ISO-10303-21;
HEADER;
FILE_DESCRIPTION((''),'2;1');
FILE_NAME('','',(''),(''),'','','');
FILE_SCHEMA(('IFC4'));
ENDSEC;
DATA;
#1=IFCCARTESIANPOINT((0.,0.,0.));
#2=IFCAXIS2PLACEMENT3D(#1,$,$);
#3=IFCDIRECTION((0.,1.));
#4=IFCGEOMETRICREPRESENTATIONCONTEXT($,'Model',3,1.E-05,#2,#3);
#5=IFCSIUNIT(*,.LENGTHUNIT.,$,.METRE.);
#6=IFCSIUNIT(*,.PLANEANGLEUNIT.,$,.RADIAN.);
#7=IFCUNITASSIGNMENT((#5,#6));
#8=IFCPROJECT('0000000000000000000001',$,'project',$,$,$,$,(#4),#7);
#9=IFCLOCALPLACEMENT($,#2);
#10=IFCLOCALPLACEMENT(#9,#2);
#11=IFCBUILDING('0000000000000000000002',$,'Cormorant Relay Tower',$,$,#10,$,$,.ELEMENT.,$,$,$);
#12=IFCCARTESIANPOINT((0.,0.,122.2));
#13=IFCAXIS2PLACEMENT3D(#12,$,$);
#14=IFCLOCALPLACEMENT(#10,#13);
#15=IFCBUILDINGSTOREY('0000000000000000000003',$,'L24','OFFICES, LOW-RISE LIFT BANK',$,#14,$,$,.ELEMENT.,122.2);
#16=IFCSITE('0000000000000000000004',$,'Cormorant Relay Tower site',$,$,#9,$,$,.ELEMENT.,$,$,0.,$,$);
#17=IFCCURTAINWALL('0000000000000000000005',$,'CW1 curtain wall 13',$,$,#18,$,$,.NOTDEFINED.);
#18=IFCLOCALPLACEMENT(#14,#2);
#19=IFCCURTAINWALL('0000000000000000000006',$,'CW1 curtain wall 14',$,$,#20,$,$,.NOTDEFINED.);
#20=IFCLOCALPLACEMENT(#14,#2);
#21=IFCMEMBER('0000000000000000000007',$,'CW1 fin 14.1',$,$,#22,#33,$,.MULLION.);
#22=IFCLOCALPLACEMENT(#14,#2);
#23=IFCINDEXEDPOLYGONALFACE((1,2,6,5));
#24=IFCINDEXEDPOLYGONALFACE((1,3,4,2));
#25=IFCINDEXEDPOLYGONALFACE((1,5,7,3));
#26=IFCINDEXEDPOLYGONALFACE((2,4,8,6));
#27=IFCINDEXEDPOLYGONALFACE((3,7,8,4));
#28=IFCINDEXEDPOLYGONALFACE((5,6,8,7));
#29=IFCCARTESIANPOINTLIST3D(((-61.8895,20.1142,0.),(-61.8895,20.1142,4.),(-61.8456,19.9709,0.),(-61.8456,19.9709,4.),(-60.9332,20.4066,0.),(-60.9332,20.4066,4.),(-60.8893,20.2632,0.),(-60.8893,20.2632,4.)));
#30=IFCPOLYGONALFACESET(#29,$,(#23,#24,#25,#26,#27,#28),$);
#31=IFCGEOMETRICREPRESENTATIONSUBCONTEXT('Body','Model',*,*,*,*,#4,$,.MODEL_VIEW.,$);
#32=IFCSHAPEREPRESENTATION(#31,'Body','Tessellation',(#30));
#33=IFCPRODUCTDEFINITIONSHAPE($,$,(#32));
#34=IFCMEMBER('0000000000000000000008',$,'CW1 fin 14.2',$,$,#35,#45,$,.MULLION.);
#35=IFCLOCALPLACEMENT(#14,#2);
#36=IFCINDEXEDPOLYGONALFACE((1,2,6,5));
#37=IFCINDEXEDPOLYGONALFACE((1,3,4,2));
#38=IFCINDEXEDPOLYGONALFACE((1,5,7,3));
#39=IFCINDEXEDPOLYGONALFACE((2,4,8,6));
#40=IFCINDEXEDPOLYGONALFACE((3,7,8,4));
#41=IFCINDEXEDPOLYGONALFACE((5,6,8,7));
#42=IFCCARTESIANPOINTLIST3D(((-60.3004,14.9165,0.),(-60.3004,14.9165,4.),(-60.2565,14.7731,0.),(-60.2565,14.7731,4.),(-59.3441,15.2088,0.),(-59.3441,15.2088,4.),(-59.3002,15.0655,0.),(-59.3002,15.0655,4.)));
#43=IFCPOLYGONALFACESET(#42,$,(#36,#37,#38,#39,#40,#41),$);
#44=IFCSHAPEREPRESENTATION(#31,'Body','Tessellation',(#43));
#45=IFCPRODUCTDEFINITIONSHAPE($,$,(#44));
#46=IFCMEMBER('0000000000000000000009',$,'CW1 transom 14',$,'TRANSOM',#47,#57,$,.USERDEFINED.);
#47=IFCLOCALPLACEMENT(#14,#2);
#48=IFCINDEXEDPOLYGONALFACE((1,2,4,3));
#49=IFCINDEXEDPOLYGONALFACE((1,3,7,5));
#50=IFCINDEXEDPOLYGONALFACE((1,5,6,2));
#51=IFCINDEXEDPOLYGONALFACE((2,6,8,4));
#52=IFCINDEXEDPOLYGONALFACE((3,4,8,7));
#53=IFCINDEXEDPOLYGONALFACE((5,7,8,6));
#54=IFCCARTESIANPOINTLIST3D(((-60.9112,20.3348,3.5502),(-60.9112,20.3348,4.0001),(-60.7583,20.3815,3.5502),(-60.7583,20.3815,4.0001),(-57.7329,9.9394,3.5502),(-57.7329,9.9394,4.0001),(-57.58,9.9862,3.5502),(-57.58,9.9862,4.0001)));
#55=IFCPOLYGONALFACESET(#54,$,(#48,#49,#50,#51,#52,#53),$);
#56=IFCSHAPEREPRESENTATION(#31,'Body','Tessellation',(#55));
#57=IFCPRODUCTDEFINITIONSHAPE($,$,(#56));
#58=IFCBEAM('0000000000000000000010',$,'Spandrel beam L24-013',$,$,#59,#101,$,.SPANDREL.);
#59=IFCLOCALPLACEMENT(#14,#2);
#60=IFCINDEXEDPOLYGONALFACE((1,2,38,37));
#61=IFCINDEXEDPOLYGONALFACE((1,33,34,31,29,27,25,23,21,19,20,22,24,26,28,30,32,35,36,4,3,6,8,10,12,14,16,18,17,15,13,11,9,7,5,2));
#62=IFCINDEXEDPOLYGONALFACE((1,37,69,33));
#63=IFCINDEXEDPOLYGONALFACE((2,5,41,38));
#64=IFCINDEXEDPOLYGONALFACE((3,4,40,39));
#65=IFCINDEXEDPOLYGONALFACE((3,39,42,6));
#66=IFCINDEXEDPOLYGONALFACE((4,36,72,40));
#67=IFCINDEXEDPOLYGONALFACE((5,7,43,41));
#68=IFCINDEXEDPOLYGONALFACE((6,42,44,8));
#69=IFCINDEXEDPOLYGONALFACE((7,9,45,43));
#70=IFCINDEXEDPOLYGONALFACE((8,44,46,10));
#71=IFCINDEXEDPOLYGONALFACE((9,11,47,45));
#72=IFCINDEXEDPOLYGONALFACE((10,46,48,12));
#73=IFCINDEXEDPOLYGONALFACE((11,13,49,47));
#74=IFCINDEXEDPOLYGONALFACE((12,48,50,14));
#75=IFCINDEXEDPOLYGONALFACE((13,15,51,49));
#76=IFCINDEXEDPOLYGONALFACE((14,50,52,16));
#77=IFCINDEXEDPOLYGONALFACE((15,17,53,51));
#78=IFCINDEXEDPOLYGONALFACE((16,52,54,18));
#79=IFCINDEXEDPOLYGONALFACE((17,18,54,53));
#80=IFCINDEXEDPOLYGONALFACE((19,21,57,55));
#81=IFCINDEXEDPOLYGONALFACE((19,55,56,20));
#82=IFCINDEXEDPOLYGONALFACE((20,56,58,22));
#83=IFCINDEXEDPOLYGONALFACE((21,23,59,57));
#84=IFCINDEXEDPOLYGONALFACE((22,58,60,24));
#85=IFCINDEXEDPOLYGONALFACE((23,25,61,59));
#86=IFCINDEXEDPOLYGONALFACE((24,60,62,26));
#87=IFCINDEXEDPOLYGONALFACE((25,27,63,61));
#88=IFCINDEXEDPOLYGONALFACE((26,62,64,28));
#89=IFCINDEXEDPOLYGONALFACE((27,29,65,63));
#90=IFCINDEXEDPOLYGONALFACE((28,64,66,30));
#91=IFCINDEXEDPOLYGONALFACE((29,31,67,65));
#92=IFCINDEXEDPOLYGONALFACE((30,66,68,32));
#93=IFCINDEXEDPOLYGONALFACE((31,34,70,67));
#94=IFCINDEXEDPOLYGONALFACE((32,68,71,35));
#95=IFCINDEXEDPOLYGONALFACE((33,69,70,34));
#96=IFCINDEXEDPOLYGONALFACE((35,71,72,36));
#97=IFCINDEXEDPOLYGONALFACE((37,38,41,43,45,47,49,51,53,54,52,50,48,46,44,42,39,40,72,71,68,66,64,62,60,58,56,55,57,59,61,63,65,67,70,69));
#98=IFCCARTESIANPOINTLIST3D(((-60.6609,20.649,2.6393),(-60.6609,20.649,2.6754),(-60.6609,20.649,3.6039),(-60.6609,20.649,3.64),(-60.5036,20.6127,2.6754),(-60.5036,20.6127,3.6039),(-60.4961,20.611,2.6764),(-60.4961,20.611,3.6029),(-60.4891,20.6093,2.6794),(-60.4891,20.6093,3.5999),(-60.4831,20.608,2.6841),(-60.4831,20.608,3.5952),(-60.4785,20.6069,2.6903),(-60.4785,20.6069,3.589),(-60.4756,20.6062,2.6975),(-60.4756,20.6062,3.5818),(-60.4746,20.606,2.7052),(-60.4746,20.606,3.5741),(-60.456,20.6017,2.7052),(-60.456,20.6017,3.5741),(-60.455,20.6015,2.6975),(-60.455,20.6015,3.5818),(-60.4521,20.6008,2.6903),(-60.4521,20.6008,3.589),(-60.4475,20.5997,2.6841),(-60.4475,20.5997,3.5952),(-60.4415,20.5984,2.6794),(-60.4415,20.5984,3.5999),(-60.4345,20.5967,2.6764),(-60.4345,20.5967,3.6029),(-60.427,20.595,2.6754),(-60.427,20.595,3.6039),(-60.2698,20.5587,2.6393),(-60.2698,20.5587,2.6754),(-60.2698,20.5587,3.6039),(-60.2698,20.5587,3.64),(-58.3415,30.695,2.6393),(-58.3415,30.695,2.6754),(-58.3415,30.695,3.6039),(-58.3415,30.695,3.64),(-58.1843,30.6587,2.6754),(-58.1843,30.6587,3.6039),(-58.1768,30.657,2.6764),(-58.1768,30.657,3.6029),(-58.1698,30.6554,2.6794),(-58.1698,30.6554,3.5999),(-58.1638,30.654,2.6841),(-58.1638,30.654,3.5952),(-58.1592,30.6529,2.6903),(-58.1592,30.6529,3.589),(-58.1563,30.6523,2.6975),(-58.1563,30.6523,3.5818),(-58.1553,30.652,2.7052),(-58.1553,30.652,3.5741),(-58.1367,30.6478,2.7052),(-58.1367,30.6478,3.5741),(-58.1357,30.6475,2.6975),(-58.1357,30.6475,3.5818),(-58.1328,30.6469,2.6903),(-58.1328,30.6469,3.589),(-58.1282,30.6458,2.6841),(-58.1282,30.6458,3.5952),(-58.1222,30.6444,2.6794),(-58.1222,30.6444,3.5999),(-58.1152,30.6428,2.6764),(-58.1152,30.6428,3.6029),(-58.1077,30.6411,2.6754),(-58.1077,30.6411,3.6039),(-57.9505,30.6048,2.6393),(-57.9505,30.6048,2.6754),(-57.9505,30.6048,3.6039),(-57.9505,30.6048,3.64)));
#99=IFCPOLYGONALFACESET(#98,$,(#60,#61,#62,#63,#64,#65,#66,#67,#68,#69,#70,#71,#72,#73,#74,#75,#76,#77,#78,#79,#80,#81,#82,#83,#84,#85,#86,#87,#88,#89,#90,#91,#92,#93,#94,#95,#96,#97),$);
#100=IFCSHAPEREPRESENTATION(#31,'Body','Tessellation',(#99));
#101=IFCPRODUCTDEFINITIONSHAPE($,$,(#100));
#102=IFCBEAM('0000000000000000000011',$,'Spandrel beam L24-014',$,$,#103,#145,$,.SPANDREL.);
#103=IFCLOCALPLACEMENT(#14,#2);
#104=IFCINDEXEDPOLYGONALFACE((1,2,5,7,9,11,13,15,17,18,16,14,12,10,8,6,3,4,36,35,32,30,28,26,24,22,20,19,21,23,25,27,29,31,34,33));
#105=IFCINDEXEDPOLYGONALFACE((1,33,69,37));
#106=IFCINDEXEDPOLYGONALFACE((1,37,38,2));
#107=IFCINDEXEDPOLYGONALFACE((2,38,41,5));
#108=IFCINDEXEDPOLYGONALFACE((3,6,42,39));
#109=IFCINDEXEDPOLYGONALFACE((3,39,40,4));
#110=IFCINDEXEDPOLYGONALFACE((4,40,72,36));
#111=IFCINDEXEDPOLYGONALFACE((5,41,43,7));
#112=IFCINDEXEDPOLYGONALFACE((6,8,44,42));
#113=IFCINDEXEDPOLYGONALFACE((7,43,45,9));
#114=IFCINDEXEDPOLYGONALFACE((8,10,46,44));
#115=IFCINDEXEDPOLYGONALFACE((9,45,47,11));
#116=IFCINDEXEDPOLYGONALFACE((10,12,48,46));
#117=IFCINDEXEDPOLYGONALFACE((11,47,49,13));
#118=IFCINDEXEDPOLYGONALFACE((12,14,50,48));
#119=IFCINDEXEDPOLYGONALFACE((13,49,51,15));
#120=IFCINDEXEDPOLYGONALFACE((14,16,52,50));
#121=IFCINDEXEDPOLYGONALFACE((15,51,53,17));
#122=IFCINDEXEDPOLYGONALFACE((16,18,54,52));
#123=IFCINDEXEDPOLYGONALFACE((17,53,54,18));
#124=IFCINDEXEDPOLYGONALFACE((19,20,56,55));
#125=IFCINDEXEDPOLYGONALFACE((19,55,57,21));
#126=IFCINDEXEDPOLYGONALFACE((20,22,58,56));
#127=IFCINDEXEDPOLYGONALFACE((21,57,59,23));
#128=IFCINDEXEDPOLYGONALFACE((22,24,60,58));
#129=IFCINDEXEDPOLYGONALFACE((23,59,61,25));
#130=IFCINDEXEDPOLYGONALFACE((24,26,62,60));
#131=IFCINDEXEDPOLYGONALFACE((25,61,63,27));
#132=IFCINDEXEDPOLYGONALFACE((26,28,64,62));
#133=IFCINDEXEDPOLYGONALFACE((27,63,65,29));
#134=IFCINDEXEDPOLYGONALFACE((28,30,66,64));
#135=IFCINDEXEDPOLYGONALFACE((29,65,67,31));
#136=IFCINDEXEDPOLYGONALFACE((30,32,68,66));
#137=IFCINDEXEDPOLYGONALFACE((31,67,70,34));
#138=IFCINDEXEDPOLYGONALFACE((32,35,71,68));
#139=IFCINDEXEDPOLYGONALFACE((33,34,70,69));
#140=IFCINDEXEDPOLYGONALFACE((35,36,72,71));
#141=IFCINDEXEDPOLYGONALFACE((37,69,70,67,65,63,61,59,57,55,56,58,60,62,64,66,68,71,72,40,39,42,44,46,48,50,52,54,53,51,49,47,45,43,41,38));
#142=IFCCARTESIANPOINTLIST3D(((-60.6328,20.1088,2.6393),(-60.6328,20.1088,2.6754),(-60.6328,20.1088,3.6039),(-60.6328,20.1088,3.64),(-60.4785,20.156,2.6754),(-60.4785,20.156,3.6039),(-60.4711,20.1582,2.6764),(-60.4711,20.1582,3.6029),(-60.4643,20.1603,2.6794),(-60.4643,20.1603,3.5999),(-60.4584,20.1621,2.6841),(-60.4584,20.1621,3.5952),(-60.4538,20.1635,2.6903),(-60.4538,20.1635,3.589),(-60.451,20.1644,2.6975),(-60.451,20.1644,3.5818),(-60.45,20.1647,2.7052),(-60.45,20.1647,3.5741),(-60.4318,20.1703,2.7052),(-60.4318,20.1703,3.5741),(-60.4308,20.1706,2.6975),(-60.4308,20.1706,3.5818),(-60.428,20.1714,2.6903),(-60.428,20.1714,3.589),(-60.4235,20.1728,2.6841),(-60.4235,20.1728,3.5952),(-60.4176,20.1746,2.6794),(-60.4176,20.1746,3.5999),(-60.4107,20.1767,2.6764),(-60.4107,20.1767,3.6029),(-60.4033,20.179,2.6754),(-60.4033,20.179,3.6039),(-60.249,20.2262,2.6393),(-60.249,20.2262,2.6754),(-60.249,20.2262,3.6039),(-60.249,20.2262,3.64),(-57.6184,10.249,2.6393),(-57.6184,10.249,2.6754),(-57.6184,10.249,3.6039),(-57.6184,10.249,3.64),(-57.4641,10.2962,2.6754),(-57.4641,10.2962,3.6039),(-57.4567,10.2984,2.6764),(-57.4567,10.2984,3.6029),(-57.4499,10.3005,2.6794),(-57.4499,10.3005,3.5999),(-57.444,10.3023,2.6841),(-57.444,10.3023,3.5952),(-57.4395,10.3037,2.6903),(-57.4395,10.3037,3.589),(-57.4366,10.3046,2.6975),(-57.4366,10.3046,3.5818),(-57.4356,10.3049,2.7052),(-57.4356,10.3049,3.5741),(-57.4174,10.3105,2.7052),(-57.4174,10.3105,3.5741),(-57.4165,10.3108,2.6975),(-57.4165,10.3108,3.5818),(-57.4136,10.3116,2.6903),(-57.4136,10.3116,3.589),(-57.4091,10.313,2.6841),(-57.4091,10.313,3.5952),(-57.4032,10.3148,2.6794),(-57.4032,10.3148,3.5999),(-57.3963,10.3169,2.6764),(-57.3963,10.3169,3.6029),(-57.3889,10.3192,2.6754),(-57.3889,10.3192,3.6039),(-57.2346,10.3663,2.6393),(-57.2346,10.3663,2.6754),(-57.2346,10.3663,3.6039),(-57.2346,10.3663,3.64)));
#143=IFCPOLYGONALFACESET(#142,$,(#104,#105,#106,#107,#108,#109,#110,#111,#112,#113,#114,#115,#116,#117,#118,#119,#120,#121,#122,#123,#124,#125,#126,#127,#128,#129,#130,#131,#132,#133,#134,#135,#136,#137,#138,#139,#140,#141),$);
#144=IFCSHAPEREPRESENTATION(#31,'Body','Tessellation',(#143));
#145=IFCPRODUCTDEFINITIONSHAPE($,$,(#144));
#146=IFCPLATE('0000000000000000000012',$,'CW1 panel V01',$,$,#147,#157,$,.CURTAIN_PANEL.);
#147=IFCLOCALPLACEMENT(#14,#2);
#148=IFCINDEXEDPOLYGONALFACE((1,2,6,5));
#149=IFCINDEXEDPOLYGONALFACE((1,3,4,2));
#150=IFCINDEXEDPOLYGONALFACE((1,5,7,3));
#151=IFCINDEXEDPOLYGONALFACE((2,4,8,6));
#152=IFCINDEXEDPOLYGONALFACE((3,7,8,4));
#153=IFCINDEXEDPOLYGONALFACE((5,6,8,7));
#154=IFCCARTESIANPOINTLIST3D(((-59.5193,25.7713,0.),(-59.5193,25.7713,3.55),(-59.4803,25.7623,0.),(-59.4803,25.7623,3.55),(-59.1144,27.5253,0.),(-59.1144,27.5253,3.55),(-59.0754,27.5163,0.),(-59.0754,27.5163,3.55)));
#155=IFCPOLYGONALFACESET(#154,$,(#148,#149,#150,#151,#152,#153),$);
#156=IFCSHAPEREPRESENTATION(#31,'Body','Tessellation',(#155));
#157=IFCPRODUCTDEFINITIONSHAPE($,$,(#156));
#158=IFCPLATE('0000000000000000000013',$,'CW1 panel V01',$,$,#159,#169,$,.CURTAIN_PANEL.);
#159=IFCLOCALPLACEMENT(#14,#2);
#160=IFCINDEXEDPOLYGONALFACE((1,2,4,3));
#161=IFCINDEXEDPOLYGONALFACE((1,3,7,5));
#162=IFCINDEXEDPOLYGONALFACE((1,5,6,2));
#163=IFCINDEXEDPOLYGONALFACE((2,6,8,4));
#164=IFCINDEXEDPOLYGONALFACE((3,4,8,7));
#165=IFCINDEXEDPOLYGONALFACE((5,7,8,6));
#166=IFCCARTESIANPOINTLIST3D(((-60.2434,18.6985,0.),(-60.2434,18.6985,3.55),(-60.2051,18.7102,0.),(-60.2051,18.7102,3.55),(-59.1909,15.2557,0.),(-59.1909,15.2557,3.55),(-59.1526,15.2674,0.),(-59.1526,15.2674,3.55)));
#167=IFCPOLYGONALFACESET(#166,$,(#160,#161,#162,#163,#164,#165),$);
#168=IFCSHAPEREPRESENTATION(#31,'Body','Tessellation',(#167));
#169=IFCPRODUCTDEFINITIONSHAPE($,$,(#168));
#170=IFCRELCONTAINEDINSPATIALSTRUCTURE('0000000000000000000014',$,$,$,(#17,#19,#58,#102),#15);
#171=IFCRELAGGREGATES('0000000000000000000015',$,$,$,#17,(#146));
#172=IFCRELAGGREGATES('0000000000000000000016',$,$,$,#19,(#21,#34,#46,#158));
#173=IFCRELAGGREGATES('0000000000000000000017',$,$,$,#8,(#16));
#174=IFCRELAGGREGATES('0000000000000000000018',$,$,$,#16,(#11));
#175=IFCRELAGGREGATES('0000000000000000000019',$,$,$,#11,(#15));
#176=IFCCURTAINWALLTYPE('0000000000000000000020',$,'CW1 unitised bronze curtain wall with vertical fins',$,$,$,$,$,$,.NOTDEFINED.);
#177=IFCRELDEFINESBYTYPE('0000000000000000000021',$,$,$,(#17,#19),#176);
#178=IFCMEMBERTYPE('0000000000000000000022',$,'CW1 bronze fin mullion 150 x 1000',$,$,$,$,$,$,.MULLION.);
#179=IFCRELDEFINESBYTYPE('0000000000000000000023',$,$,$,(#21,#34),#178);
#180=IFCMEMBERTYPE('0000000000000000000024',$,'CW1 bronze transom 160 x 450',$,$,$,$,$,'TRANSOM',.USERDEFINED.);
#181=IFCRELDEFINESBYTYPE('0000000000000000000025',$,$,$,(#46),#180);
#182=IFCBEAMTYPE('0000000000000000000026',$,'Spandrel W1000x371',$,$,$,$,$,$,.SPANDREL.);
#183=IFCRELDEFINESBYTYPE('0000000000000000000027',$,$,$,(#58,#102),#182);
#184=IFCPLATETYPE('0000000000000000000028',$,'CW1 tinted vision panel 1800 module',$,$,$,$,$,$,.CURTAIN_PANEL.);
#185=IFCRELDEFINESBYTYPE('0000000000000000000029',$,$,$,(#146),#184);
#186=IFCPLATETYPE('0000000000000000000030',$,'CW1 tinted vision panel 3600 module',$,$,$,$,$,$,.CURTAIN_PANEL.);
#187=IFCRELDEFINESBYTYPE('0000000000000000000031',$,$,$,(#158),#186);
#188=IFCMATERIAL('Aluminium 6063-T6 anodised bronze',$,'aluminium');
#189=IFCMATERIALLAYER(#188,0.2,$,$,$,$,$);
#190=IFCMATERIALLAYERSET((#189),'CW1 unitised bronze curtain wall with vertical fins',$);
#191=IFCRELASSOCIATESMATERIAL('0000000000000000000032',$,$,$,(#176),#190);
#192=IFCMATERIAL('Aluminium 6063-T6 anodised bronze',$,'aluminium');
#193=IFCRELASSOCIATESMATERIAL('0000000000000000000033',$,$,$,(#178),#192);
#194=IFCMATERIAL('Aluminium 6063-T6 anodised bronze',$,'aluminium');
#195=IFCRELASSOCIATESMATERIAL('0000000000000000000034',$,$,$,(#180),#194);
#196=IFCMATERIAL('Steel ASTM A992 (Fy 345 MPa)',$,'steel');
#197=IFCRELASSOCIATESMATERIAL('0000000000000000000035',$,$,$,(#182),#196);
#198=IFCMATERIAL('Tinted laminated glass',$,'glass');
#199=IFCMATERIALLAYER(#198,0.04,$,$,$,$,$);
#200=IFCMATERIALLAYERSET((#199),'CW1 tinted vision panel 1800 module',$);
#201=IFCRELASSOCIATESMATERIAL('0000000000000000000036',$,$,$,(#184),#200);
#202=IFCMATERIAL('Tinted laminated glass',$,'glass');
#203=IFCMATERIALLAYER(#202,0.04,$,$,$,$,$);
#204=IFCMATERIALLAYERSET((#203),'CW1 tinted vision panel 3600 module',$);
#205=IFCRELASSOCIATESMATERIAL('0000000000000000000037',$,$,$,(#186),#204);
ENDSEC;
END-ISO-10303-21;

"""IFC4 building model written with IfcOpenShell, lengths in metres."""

from ifc_helpers import new_model, si_unit, direction, frame, origin, origin_2d, place, context, subcontext, project, spatial, rectangle, i_section, extrude, material, layer, layer_set, material_profile, profile_set, type_object, element, aggregate, save


model = new_model("IFC4")

# Units and contexts
model_context = context("Model", 3, precision=1e-05, world=origin(), true_north=direction((0.0, 1.0)))
body_context = subcontext(model_context, "Body", "Model", "MODEL_VIEW")
ifc_project = project(units=[si_unit("LENGTHUNIT", "METRE"), si_unit("PLANEANGLEUNIT", "RADIAN")], contexts=[model_context])

# Site, building, storey
site_placement = place(None, origin())
site = spatial("IfcSite", under=ifc_project, at=site_placement, Name="Cormorant Relay Tower site", CompositionType="ELEMENT", RefElevation=0.0)
building_placement = place(site_placement, origin())
building = spatial("IfcBuilding", under=site, at=building_placement, Name="Cormorant Relay Tower", CompositionType="ELEMENT")
storey_placement = place(building_placement, frame((0.0, 0.0, 122.2)))
storey = spatial("IfcBuildingStorey", under=building, at=storey_placement, Name="L24", Description="OFFICES, LOW-RISE LIFT BANK", CompositionType="ELEMENT", Elevation=122.2)

# Curtain wall
ifc_material_1 = material(Name="Aluminium 6063-T6 anodised bronze", Category="aluminium")
ifc_layer_1 = layer(ifc_material_1, 0.2)
ifc_layer_set_1 = layer_set([ifc_layer_1], Name="CW1 unitised bronze curtain wall with vertical fins")
curtain_wall_type = type_object("IfcCurtainWallType", Name="CW1 unitised bronze curtain wall with vertical fins", PredefinedType="NOTDEFINED", material=ifc_layer_set_1)
curtain_wall_1_placement = place(storey_placement, origin())
curtain_wall_1 = element("IfcCurtainWall", 1, at=curtain_wall_1_placement, inside=storey, type_object=curtain_wall_type, Name="CW1 curtain wall 13", PredefinedType="NOTDEFINED")
ifc_material_2 = material(Name="Aluminium 6063-T6 anodised bronze", Category="aluminium")
ifc_material_profile_1 = material_profile(ifc_material_2, rectangle(XDim=0.1499, YDim=1.0, at=origin_2d()), Name="AL 150x1000")
ifc_profile_set_1 = profile_set([ifc_material_profile_1], Name="Aluminium 6063-T6 anodised bronze")
member_type_1 = type_object("IfcMemberType", Name="CW1 bronze fin mullion 150 x 1000", PredefinedType="MULLION", material=ifc_profile_set_1)

# Curtain wall, members
curtain_wall_2_placement = place(storey_placement, origin())
curtain_wall_2 = element("IfcCurtainWall", 2, at=curtain_wall_2_placement, inside=storey, type_object=curtain_wall_type, Name="CW1 curtain wall 14", PredefinedType="NOTDEFINED")
member_1_placement = place(storey_placement, frame((-61.3894, 20.1887, 0.0), z_axis=(0.0, 0.0, 1.0), x_axis=(0.292372, -0.956305, 0.0)))
member_1 = element("IfcMember", 3, at=member_1_placement, type_object=member_type_1, Name="CW1 fin 14.1", PredefinedType="MULLION", context=body_context, shape_type="SweptSolid", body=[
    extrude(rectangle(XDim=0.1499, YDim=1.0, at=origin_2d()), origin(), (0.0, 0.0, 1.0), 4.0),
])
member_2_placement = place(storey_placement, frame((-59.8003, 14.991, 0.0), z_axis=(0.0, 0.0, 1.0), x_axis=(0.292372, -0.956305, 0.0)))
member_2 = element("IfcMember", 4, at=member_2_placement, type_object=member_type_1, Name="CW1 fin 14.2", PredefinedType="MULLION", context=body_context, shape_type="SweptSolid", body=[
    extrude(rectangle(XDim=0.1499, YDim=1.0, at=origin_2d()), origin(), (0.0, 0.0, 1.0), 4.0),
])
ifc_material_3 = material(Name="Aluminium 6063-T6 anodised bronze", Category="aluminium")
ifc_material_profile_2 = material_profile(ifc_material_3, rectangle(XDim=0.1599, YDim=0.45, at=origin_2d()), Name="AL 160x450")
ifc_profile_set_2 = profile_set([ifc_material_profile_2], Name="Aluminium 6063-T6 anodised bronze")
member_type_2 = type_object("IfcMemberType", Name="CW1 bronze transom 160 x 450", ElementType="TRANSOM", PredefinedType="USERDEFINED", material=ifc_profile_set_2)
member_3_placement = place(storey_placement, frame((-60.8347, 20.3582, 3.7751), z_axis=(0.292378, -0.956303, 0.0), x_axis=(0.956303, 0.292378, 0.0)))
member_3 = element("IfcMember", 5, at=member_3_placement, type_object=member_type_2, Name="CW1 transom 14", ObjectType="TRANSOM", PredefinedType="USERDEFINED", context=body_context, shape_type="SweptSolid", body=[
    extrude(rectangle(XDim=0.1599, YDim=0.45, at=origin_2d()), origin(), (0.0, 0.0, 1.0), 10.8704),
])

# Beams
ifc_material_4 = material(Name="Steel ASTM A992 (Fy 345 MPa)", Category="steel")
ifc_material_profile_3 = material_profile(ifc_material_4, i_section(OverallWidth=0.4014, OverallDepth=1.0007, WebThickness=0.019, FlangeThickness=0.0361, FilletRadius=0.0298, at=origin_2d()), Name="W1000x371")
ifc_profile_set_3 = profile_set([ifc_material_profile_3], Name="Steel ASTM A992 (Fy 345 MPa)")
beam_type = type_object("IfcBeamType", Name="Spandrel W1000x371", PredefinedType="SPANDREL", material=ifc_profile_set_3)
for number, where, z_axis, x_axis, name in (
    (6, (-58.146, 30.6499, 3.1396), (-0.224951, -0.97437, 0.0), (0.97437, -0.224951, 0.0), "Spandrel beam L24-013"),
    (7, (-60.4409, 20.1675, 3.1396), (0.292367, -0.956306, 0.0), (0.956306, 0.292367, 0.0), "Spandrel beam L24-014"),
):
    element("IfcBeam", number, at=place(storey_placement, frame(where, z_axis=z_axis, x_axis=x_axis)), inside=storey, type_object=beam_type, Name=name, PredefinedType="SPANDREL", context=body_context, shape_type="SweptSolid", body=[
        extrude(i_section(OverallWidth=0.4014, OverallDepth=1.0007, WebThickness=0.019, FlangeThickness=0.0361, FilletRadius=0.0298, at=origin_2d()), origin(), (0.0, 0.0, 1.0), 10.3103),
    ])

# Plates
ifc_material_5 = material(Name="Tinted laminated glass", Category="glass")
ifc_layer_2 = layer(ifc_material_5, 0.04)
ifc_layer_set_2 = layer_set([ifc_layer_2], Name="CW1 tinted vision panel 1800 module")
plate_type_1 = type_object("IfcPlateType", Name="CW1 tinted vision panel 1800 module", PredefinedType="CURTAIN_PANEL", material=ifc_layer_set_2)
plate_1_placement = place(storey_placement, frame((-59.2974, 26.6438, 0.0), z_axis=(0.0, 0.0, 1.0), x_axis=(-0.224951, -0.97437, 0.0)))
plate_1 = element("IfcPlate", 8, at=plate_1_placement, type_object=plate_type_1, Name="CW1 panel V01", PredefinedType="CURTAIN_PANEL", context=body_context, shape_type="SweptSolid", body=[
    extrude(rectangle(XDim=1.8, YDim=0.04, at=origin_2d()), origin(), (0.0, 0.0, 1.0), 3.55),
])
ifc_material_6 = material(Name="Tinted laminated glass", Category="glass")
ifc_layer_3 = layer(ifc_material_6, 0.04)
ifc_layer_set_3 = layer_set([ifc_layer_3], Name="CW1 tinted vision panel 3600 module")
plate_type_2 = type_object("IfcPlateType", Name="CW1 tinted vision panel 3600 module", PredefinedType="CURTAIN_PANEL", material=ifc_layer_set_3)
plate_2_placement = place(storey_placement, frame((-59.698, 16.9829, 0.0), z_axis=(0.0, 0.0, 1.0), x_axis=(0.292372, -0.956305, 0.0)))
plate_2 = element("IfcPlate", 9, at=plate_2_placement, type_object=plate_type_2, Name="CW1 panel V01", PredefinedType="CURTAIN_PANEL", context=body_context, shape_type="SweptSolid", body=[
    extrude(rectangle(XDim=3.6001, YDim=0.04, at=origin_2d()), origin(), (0.0, 0.0, 1.0), 3.55),
])

aggregate(curtain_wall_1, [plate_1])
aggregate(curtain_wall_2, [member_1, member_2, member_3, plate_2])

save(model, "model.ifc")
